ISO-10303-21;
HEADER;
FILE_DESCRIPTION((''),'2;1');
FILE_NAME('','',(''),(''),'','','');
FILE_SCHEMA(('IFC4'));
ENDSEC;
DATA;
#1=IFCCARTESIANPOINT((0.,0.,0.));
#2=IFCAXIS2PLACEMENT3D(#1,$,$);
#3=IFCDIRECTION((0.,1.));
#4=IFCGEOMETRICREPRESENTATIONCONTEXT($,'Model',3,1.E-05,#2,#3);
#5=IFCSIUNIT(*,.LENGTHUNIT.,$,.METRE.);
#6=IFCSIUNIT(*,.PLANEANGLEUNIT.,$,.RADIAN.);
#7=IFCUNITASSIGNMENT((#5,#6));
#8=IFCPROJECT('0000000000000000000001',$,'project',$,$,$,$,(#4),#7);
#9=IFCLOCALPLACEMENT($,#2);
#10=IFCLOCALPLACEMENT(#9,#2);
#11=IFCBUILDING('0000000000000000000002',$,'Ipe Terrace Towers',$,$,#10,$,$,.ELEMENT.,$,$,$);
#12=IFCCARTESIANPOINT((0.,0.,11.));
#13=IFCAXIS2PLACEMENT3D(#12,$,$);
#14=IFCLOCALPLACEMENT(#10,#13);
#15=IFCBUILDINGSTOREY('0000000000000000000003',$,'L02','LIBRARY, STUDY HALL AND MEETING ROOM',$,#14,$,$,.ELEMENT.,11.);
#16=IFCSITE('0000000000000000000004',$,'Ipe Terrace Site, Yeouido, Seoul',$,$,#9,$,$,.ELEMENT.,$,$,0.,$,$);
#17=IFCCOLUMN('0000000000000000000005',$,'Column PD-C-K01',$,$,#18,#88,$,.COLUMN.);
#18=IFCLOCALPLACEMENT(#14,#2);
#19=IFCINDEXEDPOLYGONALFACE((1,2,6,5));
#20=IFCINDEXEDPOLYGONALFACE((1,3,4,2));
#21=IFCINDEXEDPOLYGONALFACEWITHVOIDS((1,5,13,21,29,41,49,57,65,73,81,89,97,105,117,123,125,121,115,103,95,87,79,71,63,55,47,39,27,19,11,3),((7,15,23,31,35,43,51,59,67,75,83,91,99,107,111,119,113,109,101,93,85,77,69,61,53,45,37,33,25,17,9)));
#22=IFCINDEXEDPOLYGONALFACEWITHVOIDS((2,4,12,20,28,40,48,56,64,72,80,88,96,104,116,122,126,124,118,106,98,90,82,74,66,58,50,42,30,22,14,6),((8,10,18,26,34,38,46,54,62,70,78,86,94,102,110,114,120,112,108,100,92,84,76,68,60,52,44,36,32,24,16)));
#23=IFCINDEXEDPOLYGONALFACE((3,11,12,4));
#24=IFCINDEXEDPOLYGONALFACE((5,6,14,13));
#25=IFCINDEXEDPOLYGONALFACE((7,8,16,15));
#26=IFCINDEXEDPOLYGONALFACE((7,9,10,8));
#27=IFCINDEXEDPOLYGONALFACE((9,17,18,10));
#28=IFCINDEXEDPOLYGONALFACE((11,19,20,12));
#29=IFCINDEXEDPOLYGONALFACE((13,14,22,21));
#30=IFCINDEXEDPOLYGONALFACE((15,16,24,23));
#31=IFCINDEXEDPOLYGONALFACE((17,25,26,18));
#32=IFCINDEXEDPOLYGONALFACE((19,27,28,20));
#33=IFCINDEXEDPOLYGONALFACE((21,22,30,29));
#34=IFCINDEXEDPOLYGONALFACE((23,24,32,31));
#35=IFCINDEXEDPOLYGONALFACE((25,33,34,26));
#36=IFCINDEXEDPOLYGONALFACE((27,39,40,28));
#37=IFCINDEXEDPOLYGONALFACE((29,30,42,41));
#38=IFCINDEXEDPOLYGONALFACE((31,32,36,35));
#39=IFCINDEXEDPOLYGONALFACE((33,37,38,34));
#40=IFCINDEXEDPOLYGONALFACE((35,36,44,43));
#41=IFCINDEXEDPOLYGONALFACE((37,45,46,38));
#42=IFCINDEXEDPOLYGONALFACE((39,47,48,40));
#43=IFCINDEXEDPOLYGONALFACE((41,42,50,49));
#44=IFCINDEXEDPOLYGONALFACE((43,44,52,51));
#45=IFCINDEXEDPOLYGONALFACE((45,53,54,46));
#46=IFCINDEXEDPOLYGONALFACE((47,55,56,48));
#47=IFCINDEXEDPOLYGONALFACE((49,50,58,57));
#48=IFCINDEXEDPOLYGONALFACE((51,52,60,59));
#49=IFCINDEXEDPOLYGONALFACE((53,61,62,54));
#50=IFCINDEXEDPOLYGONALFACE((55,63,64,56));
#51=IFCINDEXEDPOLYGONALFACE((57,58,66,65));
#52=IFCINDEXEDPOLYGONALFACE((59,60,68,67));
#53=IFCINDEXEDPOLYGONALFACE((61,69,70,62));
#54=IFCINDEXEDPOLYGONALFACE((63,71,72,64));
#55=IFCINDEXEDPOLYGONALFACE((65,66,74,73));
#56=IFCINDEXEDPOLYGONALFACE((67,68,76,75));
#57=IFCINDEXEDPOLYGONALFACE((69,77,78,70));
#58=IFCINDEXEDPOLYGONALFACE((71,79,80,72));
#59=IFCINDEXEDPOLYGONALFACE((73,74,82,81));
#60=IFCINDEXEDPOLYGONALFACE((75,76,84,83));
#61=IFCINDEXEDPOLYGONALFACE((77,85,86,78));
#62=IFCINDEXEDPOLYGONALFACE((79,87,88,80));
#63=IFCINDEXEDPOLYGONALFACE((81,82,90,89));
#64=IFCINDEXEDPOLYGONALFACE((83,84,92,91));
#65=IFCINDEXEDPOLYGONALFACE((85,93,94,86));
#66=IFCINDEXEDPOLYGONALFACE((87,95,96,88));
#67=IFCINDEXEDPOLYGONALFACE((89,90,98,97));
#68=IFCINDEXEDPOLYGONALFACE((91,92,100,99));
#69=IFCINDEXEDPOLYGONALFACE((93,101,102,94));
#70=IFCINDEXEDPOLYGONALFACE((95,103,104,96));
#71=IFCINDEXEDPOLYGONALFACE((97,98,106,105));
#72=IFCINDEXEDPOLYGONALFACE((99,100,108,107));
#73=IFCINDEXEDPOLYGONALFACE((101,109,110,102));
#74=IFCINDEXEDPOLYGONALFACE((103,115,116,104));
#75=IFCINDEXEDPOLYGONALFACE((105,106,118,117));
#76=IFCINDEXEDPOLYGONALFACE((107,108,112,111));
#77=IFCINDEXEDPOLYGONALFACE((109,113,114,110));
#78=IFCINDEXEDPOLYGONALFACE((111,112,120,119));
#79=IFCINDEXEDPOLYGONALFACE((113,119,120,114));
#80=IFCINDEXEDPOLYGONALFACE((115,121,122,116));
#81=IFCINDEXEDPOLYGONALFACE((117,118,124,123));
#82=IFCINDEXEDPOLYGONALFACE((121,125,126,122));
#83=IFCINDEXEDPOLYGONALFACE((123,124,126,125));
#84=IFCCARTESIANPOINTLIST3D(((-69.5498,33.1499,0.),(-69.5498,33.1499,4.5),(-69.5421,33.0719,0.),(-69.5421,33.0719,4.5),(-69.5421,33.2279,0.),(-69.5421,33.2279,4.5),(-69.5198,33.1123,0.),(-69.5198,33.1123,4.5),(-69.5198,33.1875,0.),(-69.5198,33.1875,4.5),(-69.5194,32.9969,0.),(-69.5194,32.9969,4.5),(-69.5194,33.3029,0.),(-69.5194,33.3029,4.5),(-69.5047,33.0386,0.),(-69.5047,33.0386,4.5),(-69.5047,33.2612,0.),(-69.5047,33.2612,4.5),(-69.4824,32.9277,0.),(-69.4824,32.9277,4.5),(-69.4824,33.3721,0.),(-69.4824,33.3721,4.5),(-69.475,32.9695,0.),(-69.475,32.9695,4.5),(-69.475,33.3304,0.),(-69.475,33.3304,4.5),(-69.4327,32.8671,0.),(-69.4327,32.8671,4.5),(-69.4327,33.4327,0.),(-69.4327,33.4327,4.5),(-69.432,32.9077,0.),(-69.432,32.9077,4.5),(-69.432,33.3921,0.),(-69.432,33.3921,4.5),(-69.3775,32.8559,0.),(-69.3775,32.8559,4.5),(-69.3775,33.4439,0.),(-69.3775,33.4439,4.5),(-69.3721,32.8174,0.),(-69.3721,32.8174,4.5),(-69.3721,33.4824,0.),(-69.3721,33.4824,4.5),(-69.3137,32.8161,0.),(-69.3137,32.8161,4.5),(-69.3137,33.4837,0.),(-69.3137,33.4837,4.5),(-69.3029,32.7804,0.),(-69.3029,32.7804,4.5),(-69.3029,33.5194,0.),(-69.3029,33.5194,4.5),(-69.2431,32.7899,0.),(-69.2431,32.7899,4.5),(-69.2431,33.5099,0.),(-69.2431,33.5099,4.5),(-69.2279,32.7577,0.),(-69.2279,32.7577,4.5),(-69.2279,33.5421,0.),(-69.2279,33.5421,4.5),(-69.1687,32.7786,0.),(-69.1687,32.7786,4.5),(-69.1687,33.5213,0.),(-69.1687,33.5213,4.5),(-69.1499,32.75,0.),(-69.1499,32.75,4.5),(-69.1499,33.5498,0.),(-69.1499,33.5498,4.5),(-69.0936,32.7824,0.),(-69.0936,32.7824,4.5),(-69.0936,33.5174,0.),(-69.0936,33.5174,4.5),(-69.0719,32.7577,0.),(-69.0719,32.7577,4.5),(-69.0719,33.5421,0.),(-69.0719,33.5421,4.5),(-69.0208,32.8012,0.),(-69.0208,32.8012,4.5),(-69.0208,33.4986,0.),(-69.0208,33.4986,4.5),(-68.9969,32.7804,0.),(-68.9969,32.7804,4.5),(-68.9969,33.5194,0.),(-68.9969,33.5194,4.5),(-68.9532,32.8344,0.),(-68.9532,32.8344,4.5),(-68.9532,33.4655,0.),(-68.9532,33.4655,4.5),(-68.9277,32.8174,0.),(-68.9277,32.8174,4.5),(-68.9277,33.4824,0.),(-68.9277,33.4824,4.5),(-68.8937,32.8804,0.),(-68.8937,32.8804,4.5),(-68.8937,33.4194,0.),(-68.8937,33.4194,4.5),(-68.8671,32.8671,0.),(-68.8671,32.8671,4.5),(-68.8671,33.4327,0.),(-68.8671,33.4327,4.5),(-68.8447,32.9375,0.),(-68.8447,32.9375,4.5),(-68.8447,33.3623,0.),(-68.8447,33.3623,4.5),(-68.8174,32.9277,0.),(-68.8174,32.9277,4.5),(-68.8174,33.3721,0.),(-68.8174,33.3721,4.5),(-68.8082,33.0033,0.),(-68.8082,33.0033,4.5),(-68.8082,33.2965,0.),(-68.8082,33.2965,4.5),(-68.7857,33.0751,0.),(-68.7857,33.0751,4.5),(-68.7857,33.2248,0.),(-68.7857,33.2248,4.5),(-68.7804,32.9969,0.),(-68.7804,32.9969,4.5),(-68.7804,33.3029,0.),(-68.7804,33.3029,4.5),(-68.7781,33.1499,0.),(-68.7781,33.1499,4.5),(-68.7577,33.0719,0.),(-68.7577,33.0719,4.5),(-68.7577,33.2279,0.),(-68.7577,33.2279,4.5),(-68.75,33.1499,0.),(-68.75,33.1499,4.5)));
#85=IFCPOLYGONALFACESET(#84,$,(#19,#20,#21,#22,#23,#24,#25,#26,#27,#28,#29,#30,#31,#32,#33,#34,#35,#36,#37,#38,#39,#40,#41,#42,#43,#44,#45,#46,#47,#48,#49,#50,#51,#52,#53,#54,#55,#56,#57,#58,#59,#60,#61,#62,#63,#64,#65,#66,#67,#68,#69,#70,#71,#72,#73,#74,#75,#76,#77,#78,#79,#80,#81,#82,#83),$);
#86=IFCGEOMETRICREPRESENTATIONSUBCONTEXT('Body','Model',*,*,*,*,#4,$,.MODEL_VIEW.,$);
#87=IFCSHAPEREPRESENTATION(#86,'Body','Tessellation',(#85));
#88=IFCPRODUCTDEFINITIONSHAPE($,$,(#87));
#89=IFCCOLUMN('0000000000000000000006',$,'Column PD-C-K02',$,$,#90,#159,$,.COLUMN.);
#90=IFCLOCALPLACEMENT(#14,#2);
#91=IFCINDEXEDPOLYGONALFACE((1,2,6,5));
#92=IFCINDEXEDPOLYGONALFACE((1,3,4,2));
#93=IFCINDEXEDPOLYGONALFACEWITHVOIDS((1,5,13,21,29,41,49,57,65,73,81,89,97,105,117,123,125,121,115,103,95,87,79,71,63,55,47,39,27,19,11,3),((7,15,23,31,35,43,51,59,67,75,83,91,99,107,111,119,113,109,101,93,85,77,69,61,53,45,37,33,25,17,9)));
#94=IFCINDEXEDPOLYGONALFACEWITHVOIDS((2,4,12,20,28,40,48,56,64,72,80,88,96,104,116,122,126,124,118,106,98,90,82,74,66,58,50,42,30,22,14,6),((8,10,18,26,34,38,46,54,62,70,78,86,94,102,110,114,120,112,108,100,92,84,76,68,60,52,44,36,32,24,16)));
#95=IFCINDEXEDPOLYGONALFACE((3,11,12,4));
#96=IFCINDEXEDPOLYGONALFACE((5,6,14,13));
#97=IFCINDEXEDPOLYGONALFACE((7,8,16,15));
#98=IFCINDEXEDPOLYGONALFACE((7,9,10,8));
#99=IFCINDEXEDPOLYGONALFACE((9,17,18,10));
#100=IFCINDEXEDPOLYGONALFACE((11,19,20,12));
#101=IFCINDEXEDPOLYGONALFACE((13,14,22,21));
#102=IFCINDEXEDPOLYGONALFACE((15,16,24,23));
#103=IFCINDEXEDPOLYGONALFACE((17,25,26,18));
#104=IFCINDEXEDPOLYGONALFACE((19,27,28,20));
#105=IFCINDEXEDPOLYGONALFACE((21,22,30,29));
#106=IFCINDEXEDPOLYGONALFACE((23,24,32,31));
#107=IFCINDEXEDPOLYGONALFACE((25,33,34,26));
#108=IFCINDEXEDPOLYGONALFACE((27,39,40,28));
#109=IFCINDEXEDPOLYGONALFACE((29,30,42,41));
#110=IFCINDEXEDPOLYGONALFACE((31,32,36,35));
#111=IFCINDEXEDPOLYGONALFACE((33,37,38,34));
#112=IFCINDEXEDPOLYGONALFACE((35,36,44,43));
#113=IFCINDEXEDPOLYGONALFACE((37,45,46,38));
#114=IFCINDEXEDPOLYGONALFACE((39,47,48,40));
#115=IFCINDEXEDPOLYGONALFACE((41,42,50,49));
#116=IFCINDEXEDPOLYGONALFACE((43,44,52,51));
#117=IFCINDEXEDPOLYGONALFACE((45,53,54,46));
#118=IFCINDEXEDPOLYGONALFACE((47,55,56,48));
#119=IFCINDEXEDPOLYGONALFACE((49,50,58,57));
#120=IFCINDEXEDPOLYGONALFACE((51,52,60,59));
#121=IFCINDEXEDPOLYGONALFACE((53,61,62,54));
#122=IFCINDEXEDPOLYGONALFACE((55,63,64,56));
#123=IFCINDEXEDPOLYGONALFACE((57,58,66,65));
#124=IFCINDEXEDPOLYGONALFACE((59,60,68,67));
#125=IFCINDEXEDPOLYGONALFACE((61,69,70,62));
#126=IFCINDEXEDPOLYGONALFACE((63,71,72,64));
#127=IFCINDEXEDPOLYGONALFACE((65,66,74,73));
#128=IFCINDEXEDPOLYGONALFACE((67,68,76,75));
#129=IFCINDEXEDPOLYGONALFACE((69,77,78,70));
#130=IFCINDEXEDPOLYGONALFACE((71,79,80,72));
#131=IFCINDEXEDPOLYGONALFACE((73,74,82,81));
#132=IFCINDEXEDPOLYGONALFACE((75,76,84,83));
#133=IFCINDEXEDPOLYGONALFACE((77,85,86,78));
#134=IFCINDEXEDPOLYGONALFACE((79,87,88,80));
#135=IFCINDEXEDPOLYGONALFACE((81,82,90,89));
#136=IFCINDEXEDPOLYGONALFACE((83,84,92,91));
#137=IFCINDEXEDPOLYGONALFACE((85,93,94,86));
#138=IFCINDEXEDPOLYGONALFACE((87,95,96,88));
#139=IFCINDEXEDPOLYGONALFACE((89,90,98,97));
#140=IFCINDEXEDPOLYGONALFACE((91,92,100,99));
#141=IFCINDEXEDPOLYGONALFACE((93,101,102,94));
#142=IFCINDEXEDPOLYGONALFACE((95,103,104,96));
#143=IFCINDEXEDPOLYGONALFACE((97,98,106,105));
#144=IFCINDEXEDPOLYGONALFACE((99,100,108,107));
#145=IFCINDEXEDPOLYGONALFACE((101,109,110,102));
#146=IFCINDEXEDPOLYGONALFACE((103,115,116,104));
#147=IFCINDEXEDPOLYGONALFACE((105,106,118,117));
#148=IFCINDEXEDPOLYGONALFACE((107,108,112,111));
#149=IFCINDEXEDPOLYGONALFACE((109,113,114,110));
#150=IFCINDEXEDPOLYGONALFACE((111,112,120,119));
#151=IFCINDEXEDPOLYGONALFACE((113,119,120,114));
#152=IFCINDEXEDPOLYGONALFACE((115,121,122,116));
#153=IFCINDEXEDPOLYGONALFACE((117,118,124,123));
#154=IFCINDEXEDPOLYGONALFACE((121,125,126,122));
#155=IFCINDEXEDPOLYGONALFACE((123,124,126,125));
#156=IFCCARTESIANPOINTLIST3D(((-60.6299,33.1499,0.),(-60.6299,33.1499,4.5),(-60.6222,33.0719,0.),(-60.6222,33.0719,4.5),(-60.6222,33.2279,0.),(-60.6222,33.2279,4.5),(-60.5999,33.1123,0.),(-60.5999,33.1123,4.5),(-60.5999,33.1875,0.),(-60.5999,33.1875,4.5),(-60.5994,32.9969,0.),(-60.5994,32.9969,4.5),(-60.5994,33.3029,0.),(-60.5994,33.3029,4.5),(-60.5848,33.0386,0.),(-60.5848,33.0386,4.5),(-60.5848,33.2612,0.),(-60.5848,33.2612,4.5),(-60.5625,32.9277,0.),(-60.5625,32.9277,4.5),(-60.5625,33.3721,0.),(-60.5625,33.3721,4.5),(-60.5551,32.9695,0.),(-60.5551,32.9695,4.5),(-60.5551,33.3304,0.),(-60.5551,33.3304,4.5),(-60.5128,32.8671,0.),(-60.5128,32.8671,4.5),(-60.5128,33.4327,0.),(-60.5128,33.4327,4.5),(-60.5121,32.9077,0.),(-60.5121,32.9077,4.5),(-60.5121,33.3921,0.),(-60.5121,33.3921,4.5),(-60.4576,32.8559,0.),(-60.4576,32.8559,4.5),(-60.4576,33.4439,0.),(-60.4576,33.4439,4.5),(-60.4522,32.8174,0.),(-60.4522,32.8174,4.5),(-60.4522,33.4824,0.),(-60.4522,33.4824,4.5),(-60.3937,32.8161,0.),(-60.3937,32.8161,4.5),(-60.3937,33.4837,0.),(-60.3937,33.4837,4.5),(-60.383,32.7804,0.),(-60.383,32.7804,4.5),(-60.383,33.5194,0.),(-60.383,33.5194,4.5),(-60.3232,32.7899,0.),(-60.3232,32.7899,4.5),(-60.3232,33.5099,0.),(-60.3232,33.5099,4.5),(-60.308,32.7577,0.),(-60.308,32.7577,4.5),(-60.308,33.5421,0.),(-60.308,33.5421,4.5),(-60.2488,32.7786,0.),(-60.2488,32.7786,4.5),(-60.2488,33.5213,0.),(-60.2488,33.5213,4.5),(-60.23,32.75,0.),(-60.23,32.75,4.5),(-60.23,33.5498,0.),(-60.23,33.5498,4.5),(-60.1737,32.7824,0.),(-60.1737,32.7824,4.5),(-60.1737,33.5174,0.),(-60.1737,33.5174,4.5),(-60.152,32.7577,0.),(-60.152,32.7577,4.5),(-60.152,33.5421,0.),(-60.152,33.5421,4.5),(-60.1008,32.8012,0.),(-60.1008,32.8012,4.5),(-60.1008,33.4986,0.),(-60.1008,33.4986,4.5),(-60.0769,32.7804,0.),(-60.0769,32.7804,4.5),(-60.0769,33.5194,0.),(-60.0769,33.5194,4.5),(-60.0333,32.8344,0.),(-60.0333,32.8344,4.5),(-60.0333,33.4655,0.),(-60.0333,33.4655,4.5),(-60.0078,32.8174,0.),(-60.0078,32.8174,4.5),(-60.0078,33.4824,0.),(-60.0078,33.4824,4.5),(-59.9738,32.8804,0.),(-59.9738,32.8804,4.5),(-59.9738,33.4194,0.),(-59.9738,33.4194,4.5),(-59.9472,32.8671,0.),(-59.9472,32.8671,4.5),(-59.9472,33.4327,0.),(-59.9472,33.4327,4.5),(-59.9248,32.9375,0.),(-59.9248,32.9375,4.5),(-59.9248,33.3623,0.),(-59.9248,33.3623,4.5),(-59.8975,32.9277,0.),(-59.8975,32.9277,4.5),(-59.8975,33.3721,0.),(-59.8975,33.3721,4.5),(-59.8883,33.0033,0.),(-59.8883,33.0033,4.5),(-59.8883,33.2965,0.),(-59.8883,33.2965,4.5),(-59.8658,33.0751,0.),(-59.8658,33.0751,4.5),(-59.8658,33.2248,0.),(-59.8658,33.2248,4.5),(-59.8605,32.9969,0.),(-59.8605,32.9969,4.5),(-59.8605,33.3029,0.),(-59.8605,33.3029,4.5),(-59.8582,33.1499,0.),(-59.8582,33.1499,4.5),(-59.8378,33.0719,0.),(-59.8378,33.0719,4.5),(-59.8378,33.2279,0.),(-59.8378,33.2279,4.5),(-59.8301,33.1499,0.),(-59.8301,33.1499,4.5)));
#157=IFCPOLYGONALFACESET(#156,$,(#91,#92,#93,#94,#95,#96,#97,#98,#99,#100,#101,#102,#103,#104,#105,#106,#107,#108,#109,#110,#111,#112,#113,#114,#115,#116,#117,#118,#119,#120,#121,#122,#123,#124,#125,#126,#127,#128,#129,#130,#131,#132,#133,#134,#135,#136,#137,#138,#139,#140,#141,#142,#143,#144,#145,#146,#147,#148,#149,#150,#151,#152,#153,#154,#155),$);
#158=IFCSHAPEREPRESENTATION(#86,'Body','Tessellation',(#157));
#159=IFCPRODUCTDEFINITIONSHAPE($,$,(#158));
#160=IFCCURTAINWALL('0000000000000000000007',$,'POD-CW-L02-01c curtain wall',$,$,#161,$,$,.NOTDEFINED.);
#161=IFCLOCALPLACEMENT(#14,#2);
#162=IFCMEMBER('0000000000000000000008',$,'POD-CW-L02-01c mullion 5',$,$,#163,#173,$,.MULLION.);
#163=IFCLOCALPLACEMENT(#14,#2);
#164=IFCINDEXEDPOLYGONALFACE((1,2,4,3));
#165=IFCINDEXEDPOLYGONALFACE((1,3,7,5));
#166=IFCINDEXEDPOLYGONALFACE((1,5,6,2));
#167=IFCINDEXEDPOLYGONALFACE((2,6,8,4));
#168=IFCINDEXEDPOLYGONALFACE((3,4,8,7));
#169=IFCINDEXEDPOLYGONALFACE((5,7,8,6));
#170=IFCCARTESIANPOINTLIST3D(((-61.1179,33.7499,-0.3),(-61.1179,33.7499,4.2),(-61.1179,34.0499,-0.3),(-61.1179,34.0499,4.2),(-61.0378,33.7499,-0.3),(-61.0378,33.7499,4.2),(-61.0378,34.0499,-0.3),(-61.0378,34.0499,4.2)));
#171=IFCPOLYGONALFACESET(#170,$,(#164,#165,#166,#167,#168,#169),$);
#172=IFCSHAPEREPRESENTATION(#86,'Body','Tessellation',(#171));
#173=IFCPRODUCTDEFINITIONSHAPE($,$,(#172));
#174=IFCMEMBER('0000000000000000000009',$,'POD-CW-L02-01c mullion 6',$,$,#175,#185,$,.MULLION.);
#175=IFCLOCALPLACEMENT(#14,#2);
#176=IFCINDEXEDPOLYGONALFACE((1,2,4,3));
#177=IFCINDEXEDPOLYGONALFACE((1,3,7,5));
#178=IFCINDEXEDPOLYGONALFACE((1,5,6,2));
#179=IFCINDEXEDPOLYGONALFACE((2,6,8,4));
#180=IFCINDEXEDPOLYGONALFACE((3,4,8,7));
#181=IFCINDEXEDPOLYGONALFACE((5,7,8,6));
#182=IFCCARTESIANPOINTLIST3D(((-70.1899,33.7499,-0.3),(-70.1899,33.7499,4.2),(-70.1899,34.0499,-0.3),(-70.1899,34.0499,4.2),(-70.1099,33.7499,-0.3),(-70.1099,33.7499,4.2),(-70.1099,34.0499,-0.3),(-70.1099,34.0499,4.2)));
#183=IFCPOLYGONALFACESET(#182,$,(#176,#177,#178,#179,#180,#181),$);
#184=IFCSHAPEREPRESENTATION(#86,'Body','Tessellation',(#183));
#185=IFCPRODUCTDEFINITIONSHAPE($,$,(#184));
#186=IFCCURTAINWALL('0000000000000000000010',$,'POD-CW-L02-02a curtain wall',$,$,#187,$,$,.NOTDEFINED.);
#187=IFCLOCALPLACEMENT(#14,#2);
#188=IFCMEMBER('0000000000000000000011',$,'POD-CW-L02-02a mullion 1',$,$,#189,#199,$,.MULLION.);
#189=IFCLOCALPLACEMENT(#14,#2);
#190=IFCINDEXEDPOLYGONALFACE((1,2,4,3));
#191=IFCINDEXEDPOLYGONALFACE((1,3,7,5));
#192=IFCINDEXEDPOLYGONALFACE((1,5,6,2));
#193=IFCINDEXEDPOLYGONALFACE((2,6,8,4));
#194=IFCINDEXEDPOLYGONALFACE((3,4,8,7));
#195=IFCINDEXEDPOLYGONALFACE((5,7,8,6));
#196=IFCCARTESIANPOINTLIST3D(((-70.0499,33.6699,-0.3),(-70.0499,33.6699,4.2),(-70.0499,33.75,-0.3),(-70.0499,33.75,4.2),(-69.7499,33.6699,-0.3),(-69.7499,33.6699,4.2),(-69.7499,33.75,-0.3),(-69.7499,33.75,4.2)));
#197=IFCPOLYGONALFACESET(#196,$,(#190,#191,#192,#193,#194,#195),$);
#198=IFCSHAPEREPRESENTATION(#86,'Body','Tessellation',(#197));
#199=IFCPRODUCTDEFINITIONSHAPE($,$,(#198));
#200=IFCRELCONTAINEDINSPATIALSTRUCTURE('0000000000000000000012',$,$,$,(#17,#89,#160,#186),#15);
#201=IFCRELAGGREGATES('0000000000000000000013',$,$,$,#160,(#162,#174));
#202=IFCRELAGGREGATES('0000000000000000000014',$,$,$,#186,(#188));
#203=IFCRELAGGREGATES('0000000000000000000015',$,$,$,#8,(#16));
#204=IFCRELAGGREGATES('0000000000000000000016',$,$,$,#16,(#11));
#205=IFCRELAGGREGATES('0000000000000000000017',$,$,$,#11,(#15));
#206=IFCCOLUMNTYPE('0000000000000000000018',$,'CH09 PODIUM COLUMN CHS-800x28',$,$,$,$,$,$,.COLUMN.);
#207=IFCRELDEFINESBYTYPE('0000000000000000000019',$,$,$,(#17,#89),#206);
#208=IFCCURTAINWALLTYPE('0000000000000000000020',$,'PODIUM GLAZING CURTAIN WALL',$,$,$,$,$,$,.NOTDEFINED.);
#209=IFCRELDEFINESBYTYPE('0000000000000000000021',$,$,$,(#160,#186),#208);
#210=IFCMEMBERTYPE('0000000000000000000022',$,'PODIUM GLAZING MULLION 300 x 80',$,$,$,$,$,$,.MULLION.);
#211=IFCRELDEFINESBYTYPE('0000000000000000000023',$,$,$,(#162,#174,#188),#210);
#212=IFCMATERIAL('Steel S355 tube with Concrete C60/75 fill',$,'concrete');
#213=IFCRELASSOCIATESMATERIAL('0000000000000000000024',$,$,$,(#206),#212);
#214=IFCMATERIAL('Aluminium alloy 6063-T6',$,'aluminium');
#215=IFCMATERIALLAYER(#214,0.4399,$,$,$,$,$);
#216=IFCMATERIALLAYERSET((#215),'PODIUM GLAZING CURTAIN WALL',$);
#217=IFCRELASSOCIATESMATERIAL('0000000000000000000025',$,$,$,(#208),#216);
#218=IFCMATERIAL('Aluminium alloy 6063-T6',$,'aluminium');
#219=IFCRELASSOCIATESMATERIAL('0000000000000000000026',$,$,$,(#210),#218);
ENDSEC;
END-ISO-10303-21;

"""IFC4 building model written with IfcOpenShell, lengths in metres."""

from ifc_helpers import new_model, si_unit, direction, frame, origin, origin_2d, place, context, subcontext, project, spatial, rectangle, hollow_circle, extrude, material, layer, layer_set, material_profile, profile_set, type_object, element, aggregate, save


model = new_model("IFC4")

# Units and contexts
model_context = context("Model", 3, precision=1e-05, world=origin(), true_north=direction((0.0, 1.0)))
body_context = subcontext(model_context, "Body", "Model", "MODEL_VIEW")
ifc_project = project(units=[si_unit("LENGTHUNIT", "METRE"), si_unit("PLANEANGLEUNIT", "RADIAN")], contexts=[model_context])

# Site, building, storey
site_placement = place(None, origin())
site = spatial("IfcSite", under=ifc_project, at=site_placement, Name="Ipe Terrace Site, Yeouido, Seoul", CompositionType="ELEMENT", RefElevation=0.0)
building_placement = place(site_placement, origin())
building = spatial("IfcBuilding", under=site, at=building_placement, Name="Ipe Terrace Towers", CompositionType="ELEMENT")
storey_placement = place(building_placement, frame((0.0, 0.0, 11.0)))
storey = spatial("IfcBuildingStorey", under=building, at=storey_placement, Name="L02", Description="LIBRARY, STUDY HALL AND MEETING ROOM", CompositionType="ELEMENT", Elevation=11.0)

# Columns
ifc_material_1 = material(Name="Steel S355 tube with Concrete C60/75 fill", Category="concrete")
ifc_material_profile_1 = material_profile(ifc_material_1, hollow_circle(Radius=0.3999, WallThickness=0.0281, at=origin_2d()), Name="CHS-800x28")
ifc_profile_set_1 = profile_set([ifc_material_profile_1], Name="Steel S355 tube with Concrete C60/75 fill")
column_type = type_object("IfcColumnType", Name="CH09 PODIUM COLUMN CHS-800x28", PredefinedType="COLUMN", material=ifc_profile_set_1)
for number, where, z_axis, x_axis, name in (
    (1, (-69.1499, 33.1499, 0.0), (0.0, 0.0, 1.0), (1.0, 0.0, 0.0), "Column PD-C-K01"),
    (2, (-60.23, 33.1499, 0.0), (0.0, 0.0, 1.0), (1.0, 0.0, 0.0), "Column PD-C-K02"),
):
    element("IfcColumn", number, at=place(storey_placement, frame(where, z_axis=z_axis, x_axis=x_axis)), inside=storey, type_object=column_type, Name=name, PredefinedType="COLUMN", context=body_context, shape_type="SweptSolid", body=[
        extrude(hollow_circle(Radius=0.3999, WallThickness=0.0281, at=origin_2d()), origin(), (0.0, 0.0, 1.0), 4.5),
    ])

# Curtain walls, members
ifc_material_2 = material(Name="Aluminium alloy 6063-T6", Category="aluminium")
ifc_layer_1 = layer(ifc_material_2, 0.4399)
ifc_layer_set_1 = layer_set([ifc_layer_1], Name="PODIUM GLAZING CURTAIN WALL")
curtain_wall_type = type_object("IfcCurtainWallType", Name="PODIUM GLAZING CURTAIN WALL", PredefinedType="NOTDEFINED", material=ifc_layer_set_1)
curtain_wall_1_placement = place(storey_placement, origin())
curtain_wall_1 = element("IfcCurtainWall", 3, at=curtain_wall_1_placement, inside=storey, type_object=curtain_wall_type, Name="POD-CW-L02-01c curtain wall", PredefinedType="NOTDEFINED")
ifc_material_3 = material(Name="Aluminium alloy 6063-T6", Category="aluminium")
ifc_material_profile_2 = material_profile(ifc_material_3, rectangle(XDim=0.3, YDim=0.0801, at=origin_2d()), Name="PODIUM GLAZING MULLION 300 x 80")
ifc_profile_set_2 = profile_set([ifc_material_profile_2], Name="Aluminium alloy 6063-T6")
member_type_1 = type_object("IfcMemberType", Name="PODIUM GLAZING MULLION 300 x 80", PredefinedType="MULLION", material=ifc_profile_set_2)
member_1_placement = place(storey_placement, frame((-61.0779, 33.8999, -0.3), z_axis=(0.0, 0.0, 1.0), x_axis=(0.0, 1.0, 0.0)))
member_1 = element("IfcMember", 4, at=member_1_placement, type_object=member_type_1, Name="POD-CW-L02-01c mullion 5", PredefinedType="MULLION", context=body_context, shape_type="SweptSolid", body=[
    extrude(rectangle(XDim=0.3, YDim=0.0801, at=origin_2d()), origin(), (0.0, 0.0, 1.0), 4.5),
])
member_2_placement = place(storey_placement, frame((-70.1499, 33.8999, -0.3), z_axis=(0.0, 0.0, 1.0), x_axis=(0.0, 1.0, 0.0)))
member_2 = element("IfcMember", 5, at=member_2_placement, type_object=member_type_1, Name="POD-CW-L02-01c mullion 6", PredefinedType="MULLION", context=body_context, shape_type="SweptSolid", body=[
    extrude(rectangle(XDim=0.3, YDim=0.0801, at=origin_2d()), origin(), (0.0, 0.0, 1.0), 4.5),
])
curtain_wall_2_placement = place(storey_placement, origin())
curtain_wall_2 = element("IfcCurtainWall", 6, at=curtain_wall_2_placement, inside=storey, type_object=curtain_wall_type, Name="POD-CW-L02-02a curtain wall", PredefinedType="NOTDEFINED")
member_3_placement = place(storey_placement, frame((-69.8999, 33.71, -0.3), z_axis=(0.0, 0.0, 1.0), x_axis=(-1.0, 0.0, 0.0)))
member_3 = element("IfcMember", 7, at=member_3_placement, type_object=member_type_1, Name="POD-CW-L02-02a mullion 1", PredefinedType="MULLION", context=body_context, shape_type="SweptSolid", body=[
    extrude(rectangle(XDim=0.3, YDim=0.0801, at=origin_2d()), origin(), (0.0, 0.0, 1.0), 4.5),
])

aggregate(curtain_wall_1, [member_1, member_2])
aggregate(curtain_wall_2, [member_3])

save(model, "model.ifc")
